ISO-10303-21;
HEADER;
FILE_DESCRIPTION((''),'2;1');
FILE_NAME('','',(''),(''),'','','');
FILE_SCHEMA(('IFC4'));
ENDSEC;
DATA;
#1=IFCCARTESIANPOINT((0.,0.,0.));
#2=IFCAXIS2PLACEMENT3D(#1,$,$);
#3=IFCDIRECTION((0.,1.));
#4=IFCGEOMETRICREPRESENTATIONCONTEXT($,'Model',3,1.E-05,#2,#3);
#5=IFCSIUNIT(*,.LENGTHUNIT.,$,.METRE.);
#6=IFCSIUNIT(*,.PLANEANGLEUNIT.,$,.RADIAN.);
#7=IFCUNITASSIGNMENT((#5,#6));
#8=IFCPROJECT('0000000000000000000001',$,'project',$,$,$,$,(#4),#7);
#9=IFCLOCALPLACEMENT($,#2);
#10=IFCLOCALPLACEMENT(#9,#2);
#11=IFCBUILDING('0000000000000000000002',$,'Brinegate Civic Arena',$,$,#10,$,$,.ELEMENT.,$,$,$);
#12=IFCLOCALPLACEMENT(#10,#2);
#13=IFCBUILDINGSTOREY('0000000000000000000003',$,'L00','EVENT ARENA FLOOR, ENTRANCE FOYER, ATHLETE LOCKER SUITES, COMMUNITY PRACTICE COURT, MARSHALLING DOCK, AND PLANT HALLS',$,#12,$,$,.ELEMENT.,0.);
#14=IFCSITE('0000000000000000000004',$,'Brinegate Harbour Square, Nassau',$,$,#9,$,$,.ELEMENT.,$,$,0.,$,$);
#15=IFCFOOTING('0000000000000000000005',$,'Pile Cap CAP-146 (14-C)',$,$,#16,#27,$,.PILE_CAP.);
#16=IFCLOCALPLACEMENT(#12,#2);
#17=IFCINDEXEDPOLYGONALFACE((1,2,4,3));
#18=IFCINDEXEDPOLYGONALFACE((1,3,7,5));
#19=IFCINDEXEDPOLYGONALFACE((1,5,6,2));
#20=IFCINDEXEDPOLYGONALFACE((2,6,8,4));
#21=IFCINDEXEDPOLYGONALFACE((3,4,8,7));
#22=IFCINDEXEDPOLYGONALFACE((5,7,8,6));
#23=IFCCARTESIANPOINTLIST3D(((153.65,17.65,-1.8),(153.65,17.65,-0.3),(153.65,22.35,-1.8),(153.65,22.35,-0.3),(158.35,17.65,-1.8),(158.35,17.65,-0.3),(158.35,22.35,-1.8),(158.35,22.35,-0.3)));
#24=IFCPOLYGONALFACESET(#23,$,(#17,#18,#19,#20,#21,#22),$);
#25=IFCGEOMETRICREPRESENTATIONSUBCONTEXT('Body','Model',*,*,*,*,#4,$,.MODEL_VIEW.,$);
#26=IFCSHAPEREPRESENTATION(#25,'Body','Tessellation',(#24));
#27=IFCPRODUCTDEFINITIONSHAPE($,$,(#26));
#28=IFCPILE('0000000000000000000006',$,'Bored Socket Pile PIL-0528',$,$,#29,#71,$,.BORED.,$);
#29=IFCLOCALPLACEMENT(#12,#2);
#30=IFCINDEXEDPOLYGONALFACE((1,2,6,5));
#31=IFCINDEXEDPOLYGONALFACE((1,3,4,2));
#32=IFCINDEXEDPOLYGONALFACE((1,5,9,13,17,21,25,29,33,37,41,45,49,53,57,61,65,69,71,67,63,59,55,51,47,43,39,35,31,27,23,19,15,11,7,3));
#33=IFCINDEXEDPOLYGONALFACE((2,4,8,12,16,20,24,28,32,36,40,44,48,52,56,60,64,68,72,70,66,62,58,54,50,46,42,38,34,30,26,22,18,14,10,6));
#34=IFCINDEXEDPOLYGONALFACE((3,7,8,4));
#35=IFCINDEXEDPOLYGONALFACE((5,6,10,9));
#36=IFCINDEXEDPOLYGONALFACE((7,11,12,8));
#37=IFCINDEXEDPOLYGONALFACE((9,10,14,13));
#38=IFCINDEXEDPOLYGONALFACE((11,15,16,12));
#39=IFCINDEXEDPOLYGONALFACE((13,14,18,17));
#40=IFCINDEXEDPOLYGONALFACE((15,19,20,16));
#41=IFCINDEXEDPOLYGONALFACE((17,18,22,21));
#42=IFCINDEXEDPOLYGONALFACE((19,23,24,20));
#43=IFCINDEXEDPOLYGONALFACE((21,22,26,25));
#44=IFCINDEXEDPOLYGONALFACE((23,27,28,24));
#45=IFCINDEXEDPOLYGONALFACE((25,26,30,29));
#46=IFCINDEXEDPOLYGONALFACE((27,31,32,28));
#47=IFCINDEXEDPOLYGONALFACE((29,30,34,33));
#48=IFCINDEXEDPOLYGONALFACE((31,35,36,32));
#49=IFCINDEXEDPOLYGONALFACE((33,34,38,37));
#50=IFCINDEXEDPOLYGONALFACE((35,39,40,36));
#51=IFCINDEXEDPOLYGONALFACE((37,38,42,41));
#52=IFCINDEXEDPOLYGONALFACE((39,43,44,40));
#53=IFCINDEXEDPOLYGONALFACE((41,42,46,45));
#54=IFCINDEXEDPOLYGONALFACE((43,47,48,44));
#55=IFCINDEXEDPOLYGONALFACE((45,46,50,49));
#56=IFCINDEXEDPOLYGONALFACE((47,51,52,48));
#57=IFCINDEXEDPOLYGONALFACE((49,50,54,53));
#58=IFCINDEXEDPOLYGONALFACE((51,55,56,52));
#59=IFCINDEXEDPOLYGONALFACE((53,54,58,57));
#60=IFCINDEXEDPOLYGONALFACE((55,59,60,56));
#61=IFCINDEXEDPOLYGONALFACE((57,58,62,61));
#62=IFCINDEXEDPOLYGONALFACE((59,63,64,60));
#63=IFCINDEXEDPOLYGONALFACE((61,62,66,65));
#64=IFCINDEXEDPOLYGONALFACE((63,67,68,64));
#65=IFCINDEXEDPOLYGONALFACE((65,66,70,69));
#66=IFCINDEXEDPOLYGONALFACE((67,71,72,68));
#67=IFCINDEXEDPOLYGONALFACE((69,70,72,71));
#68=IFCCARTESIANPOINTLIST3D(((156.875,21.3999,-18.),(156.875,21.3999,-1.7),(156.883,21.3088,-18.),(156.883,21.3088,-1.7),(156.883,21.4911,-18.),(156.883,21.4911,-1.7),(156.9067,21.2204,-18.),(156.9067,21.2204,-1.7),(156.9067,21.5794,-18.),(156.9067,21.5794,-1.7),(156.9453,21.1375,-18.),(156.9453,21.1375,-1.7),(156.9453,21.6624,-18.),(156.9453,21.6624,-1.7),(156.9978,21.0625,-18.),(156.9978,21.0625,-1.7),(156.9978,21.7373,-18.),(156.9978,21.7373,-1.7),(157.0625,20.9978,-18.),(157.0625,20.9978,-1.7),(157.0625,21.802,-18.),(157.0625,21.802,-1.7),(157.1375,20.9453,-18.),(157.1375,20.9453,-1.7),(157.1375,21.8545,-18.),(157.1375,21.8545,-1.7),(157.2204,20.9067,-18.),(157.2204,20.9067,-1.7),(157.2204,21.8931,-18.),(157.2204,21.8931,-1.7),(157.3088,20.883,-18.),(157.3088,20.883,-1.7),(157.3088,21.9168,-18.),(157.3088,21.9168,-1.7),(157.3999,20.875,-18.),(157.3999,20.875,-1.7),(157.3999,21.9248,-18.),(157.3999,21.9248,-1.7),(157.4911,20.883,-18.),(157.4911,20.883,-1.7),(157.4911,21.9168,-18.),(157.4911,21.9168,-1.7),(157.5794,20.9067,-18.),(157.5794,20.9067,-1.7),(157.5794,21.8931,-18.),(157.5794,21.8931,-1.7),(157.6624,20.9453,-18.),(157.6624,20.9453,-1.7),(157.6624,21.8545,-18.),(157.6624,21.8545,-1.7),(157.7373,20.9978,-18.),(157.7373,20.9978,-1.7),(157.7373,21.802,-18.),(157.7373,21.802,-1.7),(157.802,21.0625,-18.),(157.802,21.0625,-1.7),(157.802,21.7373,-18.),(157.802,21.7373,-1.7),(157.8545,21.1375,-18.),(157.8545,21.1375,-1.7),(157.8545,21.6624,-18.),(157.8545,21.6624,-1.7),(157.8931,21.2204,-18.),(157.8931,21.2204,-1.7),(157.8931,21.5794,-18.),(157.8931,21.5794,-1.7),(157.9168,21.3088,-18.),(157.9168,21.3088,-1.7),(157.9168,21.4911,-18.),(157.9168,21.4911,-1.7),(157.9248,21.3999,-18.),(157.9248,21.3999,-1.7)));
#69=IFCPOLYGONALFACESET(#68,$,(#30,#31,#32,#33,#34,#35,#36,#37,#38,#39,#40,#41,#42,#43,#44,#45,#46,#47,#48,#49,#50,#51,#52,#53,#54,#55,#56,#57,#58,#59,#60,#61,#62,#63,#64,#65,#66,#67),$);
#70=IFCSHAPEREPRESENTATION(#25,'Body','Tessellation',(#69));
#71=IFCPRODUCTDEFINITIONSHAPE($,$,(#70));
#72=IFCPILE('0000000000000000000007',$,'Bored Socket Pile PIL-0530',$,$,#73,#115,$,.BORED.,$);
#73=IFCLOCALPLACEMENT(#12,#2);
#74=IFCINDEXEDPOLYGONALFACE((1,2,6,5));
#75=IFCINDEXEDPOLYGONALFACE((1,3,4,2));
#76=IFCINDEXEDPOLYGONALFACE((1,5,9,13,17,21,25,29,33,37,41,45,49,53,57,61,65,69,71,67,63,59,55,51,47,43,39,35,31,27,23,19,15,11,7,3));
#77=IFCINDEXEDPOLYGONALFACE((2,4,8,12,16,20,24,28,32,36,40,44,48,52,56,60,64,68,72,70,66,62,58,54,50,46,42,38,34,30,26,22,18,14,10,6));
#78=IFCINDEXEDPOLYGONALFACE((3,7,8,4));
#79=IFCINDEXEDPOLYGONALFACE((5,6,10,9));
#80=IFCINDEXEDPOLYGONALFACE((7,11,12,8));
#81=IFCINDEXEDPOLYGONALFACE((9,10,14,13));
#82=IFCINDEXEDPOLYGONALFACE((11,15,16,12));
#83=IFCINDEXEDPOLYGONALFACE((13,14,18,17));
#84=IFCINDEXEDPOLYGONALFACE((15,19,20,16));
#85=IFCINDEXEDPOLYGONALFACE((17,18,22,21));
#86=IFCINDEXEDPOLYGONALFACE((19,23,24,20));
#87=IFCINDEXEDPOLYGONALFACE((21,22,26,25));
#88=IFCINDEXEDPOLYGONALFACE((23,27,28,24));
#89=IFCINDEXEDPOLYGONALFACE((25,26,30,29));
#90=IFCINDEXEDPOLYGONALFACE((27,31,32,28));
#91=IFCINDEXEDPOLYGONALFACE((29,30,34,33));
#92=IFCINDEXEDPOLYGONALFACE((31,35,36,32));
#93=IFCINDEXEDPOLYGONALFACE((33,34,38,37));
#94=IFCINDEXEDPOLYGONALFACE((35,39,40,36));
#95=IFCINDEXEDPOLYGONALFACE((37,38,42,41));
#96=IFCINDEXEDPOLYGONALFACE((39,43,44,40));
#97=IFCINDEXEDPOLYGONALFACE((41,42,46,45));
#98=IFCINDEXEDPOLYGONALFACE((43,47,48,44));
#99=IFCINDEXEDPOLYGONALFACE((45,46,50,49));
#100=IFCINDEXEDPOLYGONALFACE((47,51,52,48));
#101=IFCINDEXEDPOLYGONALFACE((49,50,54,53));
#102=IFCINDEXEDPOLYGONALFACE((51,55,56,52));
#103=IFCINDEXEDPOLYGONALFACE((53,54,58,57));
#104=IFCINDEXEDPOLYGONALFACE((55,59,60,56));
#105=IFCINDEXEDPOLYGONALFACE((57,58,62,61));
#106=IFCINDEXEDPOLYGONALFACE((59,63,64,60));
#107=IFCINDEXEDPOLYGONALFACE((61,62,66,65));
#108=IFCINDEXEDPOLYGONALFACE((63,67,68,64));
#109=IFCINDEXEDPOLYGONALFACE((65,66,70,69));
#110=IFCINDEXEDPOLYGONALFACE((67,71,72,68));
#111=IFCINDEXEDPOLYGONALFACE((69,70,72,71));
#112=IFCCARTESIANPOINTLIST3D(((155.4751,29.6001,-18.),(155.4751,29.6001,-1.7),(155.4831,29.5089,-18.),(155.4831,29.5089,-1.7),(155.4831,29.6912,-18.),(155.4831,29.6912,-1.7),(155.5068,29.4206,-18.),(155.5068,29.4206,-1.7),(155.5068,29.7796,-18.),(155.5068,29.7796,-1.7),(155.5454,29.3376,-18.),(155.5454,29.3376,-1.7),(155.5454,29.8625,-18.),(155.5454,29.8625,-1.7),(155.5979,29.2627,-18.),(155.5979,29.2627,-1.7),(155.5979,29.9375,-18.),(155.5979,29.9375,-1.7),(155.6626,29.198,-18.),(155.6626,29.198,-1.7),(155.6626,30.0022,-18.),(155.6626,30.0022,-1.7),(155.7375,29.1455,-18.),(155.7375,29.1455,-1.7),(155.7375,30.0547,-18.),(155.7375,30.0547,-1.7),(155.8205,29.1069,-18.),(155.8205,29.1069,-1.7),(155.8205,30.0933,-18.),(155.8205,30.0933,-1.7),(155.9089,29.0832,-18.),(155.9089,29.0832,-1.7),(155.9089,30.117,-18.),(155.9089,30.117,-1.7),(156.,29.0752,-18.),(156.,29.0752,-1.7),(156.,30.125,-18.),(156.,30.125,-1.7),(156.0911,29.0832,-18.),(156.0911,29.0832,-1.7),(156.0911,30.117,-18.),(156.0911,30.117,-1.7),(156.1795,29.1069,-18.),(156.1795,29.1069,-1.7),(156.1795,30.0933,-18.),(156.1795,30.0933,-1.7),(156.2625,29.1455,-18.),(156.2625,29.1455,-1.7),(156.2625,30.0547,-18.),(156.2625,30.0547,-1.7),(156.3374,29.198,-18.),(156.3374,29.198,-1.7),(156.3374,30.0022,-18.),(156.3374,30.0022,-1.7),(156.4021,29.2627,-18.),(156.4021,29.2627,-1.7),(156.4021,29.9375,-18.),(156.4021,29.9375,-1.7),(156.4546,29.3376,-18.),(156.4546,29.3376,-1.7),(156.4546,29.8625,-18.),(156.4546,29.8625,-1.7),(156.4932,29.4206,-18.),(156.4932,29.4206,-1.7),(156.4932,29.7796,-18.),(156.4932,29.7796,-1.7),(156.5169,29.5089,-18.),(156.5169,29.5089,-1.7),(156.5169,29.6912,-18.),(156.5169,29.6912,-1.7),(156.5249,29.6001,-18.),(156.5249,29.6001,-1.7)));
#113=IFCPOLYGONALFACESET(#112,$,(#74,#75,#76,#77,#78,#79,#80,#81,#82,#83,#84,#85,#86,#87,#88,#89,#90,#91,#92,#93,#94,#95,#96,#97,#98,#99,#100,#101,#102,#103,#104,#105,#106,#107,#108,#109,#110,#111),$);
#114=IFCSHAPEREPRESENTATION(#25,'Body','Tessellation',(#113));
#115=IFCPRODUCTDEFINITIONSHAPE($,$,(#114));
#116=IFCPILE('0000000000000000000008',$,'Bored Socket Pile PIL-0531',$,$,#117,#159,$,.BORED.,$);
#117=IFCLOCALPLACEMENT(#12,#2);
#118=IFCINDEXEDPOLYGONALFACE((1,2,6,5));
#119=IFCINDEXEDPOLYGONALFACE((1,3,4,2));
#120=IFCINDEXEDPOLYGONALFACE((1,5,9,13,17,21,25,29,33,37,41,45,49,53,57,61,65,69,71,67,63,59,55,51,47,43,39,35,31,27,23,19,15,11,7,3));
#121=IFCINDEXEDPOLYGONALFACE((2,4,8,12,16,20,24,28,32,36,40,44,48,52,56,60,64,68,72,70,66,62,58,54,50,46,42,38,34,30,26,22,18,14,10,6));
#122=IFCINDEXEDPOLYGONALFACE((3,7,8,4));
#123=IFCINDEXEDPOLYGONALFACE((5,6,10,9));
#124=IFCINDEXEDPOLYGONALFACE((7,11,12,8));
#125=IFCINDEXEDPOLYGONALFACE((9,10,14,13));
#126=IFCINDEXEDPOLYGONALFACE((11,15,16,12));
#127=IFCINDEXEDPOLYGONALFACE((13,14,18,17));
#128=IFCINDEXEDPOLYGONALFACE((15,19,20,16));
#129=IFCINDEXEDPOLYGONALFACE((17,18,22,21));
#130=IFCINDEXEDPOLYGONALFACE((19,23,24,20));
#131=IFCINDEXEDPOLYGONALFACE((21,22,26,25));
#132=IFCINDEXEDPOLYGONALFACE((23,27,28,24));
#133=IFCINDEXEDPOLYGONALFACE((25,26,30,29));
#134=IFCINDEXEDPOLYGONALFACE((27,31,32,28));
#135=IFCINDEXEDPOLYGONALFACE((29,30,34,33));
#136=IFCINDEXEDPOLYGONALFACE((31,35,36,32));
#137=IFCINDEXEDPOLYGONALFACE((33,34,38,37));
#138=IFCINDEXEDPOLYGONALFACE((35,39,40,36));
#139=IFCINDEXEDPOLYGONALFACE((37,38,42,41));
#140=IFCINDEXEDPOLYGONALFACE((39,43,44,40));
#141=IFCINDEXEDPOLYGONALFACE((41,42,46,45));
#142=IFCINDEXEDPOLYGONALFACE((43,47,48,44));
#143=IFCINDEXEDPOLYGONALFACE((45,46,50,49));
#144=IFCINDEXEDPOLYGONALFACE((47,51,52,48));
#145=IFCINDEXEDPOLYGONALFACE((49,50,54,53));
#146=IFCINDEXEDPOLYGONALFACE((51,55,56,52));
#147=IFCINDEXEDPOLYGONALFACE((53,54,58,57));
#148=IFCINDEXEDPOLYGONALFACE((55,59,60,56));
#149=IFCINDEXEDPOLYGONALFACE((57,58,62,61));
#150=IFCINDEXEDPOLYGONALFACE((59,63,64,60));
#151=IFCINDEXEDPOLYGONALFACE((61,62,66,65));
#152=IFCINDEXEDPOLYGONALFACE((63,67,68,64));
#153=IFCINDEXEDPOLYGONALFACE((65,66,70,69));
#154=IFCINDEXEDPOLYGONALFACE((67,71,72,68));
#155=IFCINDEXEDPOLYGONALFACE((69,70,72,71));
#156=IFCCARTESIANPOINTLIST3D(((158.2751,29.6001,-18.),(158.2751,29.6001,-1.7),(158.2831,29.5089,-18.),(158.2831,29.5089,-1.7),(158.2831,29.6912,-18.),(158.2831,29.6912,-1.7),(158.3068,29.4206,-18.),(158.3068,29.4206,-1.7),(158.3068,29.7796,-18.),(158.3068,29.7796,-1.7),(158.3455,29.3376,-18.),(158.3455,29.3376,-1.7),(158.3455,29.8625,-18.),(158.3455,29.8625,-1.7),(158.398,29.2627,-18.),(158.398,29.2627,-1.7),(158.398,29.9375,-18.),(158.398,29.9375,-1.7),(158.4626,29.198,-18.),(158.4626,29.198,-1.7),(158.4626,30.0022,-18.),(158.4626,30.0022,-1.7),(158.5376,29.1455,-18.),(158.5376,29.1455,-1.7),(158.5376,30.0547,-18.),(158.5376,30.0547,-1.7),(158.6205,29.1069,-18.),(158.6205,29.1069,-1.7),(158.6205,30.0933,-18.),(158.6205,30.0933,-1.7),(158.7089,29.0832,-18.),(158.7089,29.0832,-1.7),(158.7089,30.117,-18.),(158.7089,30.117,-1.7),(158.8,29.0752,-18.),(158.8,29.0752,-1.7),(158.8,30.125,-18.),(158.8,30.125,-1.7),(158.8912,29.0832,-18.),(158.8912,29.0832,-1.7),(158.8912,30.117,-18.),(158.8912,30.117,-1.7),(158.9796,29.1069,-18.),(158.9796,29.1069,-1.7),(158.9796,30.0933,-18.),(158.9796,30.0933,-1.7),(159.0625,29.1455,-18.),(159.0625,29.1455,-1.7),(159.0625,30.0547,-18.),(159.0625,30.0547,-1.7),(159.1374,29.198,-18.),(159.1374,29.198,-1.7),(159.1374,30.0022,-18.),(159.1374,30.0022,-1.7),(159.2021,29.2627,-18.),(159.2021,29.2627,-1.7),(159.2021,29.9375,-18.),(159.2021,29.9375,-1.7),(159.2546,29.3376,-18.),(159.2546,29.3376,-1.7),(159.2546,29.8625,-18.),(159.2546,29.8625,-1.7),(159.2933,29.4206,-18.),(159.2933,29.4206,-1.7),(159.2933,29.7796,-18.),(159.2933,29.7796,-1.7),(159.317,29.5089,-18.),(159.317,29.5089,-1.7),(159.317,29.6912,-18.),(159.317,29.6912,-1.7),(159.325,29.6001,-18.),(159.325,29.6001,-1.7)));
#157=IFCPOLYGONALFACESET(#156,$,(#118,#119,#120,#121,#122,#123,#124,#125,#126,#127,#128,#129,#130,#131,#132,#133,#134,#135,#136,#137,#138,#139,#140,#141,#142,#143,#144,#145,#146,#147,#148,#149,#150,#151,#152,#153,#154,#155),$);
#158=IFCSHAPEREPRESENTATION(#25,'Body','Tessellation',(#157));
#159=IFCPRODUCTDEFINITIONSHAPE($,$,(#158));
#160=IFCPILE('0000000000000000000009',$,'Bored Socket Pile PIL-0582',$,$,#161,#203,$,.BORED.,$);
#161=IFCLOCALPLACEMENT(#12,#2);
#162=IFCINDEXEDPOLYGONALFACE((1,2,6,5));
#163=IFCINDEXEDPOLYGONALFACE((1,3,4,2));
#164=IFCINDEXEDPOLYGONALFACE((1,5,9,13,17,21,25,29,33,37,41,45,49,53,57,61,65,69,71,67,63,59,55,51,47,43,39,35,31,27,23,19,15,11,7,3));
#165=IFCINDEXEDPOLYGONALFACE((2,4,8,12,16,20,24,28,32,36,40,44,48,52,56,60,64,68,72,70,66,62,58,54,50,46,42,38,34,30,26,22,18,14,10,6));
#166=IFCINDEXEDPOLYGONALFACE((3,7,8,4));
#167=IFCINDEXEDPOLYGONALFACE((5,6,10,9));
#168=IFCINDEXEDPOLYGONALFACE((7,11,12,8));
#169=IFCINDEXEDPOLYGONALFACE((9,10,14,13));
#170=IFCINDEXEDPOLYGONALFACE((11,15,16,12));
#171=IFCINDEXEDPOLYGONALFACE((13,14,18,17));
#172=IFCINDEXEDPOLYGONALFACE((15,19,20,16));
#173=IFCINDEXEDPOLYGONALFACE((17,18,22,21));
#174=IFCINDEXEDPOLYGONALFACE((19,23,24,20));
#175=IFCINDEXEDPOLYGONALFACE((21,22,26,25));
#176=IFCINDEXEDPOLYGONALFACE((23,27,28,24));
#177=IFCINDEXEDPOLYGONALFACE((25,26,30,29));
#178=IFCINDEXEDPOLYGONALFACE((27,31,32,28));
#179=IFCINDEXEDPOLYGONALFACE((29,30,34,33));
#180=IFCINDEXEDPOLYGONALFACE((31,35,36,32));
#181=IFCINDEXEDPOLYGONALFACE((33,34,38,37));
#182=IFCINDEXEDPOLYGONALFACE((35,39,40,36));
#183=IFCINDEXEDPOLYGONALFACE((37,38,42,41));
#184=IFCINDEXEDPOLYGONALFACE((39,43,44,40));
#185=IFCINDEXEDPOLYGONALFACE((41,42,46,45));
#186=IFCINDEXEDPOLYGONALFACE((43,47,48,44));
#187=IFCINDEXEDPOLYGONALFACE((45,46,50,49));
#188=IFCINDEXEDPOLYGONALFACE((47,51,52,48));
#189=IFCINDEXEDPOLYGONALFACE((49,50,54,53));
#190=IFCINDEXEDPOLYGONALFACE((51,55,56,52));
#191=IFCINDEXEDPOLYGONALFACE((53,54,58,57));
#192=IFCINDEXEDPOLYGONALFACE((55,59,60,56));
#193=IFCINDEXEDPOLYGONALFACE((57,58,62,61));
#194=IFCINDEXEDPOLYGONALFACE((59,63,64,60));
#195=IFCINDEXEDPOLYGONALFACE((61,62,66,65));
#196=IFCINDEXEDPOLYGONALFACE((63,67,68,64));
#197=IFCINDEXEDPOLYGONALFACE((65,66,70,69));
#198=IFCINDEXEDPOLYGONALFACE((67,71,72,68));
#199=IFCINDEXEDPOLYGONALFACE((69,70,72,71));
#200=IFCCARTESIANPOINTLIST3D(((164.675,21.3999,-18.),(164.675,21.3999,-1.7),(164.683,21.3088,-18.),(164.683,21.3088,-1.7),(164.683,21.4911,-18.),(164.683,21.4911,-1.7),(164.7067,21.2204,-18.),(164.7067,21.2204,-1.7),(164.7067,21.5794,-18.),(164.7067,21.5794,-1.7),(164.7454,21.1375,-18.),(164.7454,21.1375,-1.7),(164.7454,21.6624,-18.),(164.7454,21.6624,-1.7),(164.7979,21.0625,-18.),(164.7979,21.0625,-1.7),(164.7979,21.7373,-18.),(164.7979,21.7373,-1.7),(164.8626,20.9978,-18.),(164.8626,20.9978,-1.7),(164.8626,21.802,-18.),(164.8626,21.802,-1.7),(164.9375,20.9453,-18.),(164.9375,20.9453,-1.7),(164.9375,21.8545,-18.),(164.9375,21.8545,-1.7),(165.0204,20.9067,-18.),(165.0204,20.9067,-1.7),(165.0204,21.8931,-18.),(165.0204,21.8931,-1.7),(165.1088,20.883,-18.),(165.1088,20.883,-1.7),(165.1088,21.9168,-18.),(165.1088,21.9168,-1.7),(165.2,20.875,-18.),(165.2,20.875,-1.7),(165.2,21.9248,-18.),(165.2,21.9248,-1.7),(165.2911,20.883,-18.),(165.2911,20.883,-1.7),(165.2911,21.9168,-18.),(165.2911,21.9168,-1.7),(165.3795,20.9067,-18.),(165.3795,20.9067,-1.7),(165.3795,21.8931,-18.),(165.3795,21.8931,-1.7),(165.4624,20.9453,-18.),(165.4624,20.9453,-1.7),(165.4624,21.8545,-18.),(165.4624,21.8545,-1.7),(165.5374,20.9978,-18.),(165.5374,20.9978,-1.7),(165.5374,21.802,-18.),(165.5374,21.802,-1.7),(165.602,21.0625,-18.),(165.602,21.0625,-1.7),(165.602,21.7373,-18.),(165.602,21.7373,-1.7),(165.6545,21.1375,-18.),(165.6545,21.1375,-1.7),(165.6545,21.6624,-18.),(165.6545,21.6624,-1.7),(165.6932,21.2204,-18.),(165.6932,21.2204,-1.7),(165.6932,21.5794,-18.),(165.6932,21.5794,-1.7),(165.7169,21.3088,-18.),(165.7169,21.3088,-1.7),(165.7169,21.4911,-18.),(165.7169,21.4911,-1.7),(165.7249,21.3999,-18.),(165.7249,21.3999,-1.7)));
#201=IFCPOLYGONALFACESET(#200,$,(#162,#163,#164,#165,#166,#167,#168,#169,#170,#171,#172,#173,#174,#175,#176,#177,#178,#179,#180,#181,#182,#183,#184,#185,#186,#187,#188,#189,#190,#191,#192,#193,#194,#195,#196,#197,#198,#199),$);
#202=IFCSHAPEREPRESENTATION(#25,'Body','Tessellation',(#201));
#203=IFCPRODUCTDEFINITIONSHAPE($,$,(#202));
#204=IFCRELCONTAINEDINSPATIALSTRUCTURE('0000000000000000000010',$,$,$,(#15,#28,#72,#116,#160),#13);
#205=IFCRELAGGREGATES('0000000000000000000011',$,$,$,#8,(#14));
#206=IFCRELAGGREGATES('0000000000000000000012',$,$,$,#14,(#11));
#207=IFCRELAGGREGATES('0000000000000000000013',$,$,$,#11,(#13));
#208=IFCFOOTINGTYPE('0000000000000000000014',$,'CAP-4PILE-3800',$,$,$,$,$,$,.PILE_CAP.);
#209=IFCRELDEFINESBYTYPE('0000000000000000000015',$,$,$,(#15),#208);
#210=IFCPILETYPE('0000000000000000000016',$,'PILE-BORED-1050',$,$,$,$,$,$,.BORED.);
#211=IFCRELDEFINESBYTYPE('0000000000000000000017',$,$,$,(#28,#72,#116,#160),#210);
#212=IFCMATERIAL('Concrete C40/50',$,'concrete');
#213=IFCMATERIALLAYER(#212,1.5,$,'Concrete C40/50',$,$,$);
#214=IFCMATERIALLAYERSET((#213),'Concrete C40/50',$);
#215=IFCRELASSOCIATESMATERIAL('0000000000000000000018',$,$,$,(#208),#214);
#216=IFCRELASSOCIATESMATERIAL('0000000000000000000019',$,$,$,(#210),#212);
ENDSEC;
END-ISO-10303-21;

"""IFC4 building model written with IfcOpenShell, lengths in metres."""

from ifc_helpers import new_model, si_unit, direction, frame, origin, origin_2d, place, context, subcontext, project, spatial, rectangle, circle, extrude, material, layer, layer_set, material_profile, profile_set, type_object, element, save


model = new_model("IFC4")

# Units and contexts
model_context = context("Model", 3, precision=1e-05, world=origin(), true_north=direction((0.0, 1.0)))
body_context = subcontext(model_context, "Body", "Model", "MODEL_VIEW")
ifc_project = project(units=[si_unit("LENGTHUNIT", "METRE"), si_unit("PLANEANGLEUNIT", "RADIAN")], contexts=[model_context])

# Site, building, storey
site_placement = place(None, origin())
site = spatial("IfcSite", under=ifc_project, at=site_placement, Name="Brinegate Harbour Square, Nassau", CompositionType="ELEMENT", RefElevation=0.0)
building_placement = place(site_placement, origin())
building = spatial("IfcBuilding", under=site, at=building_placement, Name="Brinegate Civic Arena", CompositionType="ELEMENT")
storey_placement = place(building_placement, origin())
storey = spatial("IfcBuildingStorey", under=building, at=storey_placement, Name="L00", Description="EVENT ARENA FLOOR, ENTRANCE FOYER, ATHLETE LOCKER SUITES, COMMUNITY PRACTICE COURT, MARSHALLING DOCK, AND PLANT HALLS", CompositionType="ELEMENT", Elevation=0.0)

# Footing
ifc_material_1 = material(Name="Concrete C40/50", Category="concrete")
ifc_layer_1 = layer(ifc_material_1, 1.5, Name="Concrete C40/50")
ifc_layer_set_1 = layer_set([ifc_layer_1], Name="Concrete C40/50")
footing_type_1 = type_object("IfcFootingType", Name="CAP-4PILE-3800", PredefinedType="PILE_CAP", material=ifc_layer_set_1)
footing_1_placement = place(storey_placement, frame((156.0, 20.0, -1.8), z_axis=(0.0, 0.0, 1.0), x_axis=(1.0, 0.0, 0.0)))
element("IfcFooting", 1, at=footing_1_placement, inside=storey, type_object=footing_type_1, Name="Pile Cap CAP-146 (14-C)", PredefinedType="PILE_CAP", context=body_context, shape_type="SweptSolid", body=[
    extrude(rectangle(XDim=4.7, YDim=4.7, at=origin_2d()), origin(), (0.0, 0.0, 1.0), 1.5),
])

# Piles
ifc_material_profile_1 = material_profile(ifc_material_1, circle(Radius=0.5249, at=origin_2d()), Name="PILED1050")
ifc_profile_set_1 = profile_set([ifc_material_profile_1], Name="Concrete C40/50")
pile_type = type_object("IfcPileType", Name="PILE-BORED-1050", PredefinedType="BORED", material=ifc_profile_set_1)
for number, where, z_axis, x_axis, name in (
    (2, (157.3999, 21.3999, -1.7), (0.0, 0.0, -1.0), (1.0, 0.0, 0.0), "Bored Socket Pile PIL-0528"),
    (3, (156.0, 29.6001, -1.7), (0.0, 0.0, -1.0), (1.0, 0.0, 0.0), "Bored Socket Pile PIL-0530"),
    (4, (158.8, 29.6001, -1.7), (0.0, 0.0, -1.0), (1.0, 0.0, 0.0), "Bored Socket Pile PIL-0531"),
    (5, (165.2, 21.3999, -1.7), (0.0, 0.0, -1.0), (1.0, 0.0, 0.0), "Bored Socket Pile PIL-0582"),
):
    element("IfcPile", number, at=place(storey_placement, frame(where, z_axis=z_axis, x_axis=x_axis)), inside=storey, type_object=pile_type, Name=name, PredefinedType="BORED", context=body_context, shape_type="SweptSolid", body=[
        extrude(circle(Radius=0.5249, at=origin_2d()), origin(), (0.0, 0.0, 1.0), 16.3),
    ])

save(model, "model.ifc")
